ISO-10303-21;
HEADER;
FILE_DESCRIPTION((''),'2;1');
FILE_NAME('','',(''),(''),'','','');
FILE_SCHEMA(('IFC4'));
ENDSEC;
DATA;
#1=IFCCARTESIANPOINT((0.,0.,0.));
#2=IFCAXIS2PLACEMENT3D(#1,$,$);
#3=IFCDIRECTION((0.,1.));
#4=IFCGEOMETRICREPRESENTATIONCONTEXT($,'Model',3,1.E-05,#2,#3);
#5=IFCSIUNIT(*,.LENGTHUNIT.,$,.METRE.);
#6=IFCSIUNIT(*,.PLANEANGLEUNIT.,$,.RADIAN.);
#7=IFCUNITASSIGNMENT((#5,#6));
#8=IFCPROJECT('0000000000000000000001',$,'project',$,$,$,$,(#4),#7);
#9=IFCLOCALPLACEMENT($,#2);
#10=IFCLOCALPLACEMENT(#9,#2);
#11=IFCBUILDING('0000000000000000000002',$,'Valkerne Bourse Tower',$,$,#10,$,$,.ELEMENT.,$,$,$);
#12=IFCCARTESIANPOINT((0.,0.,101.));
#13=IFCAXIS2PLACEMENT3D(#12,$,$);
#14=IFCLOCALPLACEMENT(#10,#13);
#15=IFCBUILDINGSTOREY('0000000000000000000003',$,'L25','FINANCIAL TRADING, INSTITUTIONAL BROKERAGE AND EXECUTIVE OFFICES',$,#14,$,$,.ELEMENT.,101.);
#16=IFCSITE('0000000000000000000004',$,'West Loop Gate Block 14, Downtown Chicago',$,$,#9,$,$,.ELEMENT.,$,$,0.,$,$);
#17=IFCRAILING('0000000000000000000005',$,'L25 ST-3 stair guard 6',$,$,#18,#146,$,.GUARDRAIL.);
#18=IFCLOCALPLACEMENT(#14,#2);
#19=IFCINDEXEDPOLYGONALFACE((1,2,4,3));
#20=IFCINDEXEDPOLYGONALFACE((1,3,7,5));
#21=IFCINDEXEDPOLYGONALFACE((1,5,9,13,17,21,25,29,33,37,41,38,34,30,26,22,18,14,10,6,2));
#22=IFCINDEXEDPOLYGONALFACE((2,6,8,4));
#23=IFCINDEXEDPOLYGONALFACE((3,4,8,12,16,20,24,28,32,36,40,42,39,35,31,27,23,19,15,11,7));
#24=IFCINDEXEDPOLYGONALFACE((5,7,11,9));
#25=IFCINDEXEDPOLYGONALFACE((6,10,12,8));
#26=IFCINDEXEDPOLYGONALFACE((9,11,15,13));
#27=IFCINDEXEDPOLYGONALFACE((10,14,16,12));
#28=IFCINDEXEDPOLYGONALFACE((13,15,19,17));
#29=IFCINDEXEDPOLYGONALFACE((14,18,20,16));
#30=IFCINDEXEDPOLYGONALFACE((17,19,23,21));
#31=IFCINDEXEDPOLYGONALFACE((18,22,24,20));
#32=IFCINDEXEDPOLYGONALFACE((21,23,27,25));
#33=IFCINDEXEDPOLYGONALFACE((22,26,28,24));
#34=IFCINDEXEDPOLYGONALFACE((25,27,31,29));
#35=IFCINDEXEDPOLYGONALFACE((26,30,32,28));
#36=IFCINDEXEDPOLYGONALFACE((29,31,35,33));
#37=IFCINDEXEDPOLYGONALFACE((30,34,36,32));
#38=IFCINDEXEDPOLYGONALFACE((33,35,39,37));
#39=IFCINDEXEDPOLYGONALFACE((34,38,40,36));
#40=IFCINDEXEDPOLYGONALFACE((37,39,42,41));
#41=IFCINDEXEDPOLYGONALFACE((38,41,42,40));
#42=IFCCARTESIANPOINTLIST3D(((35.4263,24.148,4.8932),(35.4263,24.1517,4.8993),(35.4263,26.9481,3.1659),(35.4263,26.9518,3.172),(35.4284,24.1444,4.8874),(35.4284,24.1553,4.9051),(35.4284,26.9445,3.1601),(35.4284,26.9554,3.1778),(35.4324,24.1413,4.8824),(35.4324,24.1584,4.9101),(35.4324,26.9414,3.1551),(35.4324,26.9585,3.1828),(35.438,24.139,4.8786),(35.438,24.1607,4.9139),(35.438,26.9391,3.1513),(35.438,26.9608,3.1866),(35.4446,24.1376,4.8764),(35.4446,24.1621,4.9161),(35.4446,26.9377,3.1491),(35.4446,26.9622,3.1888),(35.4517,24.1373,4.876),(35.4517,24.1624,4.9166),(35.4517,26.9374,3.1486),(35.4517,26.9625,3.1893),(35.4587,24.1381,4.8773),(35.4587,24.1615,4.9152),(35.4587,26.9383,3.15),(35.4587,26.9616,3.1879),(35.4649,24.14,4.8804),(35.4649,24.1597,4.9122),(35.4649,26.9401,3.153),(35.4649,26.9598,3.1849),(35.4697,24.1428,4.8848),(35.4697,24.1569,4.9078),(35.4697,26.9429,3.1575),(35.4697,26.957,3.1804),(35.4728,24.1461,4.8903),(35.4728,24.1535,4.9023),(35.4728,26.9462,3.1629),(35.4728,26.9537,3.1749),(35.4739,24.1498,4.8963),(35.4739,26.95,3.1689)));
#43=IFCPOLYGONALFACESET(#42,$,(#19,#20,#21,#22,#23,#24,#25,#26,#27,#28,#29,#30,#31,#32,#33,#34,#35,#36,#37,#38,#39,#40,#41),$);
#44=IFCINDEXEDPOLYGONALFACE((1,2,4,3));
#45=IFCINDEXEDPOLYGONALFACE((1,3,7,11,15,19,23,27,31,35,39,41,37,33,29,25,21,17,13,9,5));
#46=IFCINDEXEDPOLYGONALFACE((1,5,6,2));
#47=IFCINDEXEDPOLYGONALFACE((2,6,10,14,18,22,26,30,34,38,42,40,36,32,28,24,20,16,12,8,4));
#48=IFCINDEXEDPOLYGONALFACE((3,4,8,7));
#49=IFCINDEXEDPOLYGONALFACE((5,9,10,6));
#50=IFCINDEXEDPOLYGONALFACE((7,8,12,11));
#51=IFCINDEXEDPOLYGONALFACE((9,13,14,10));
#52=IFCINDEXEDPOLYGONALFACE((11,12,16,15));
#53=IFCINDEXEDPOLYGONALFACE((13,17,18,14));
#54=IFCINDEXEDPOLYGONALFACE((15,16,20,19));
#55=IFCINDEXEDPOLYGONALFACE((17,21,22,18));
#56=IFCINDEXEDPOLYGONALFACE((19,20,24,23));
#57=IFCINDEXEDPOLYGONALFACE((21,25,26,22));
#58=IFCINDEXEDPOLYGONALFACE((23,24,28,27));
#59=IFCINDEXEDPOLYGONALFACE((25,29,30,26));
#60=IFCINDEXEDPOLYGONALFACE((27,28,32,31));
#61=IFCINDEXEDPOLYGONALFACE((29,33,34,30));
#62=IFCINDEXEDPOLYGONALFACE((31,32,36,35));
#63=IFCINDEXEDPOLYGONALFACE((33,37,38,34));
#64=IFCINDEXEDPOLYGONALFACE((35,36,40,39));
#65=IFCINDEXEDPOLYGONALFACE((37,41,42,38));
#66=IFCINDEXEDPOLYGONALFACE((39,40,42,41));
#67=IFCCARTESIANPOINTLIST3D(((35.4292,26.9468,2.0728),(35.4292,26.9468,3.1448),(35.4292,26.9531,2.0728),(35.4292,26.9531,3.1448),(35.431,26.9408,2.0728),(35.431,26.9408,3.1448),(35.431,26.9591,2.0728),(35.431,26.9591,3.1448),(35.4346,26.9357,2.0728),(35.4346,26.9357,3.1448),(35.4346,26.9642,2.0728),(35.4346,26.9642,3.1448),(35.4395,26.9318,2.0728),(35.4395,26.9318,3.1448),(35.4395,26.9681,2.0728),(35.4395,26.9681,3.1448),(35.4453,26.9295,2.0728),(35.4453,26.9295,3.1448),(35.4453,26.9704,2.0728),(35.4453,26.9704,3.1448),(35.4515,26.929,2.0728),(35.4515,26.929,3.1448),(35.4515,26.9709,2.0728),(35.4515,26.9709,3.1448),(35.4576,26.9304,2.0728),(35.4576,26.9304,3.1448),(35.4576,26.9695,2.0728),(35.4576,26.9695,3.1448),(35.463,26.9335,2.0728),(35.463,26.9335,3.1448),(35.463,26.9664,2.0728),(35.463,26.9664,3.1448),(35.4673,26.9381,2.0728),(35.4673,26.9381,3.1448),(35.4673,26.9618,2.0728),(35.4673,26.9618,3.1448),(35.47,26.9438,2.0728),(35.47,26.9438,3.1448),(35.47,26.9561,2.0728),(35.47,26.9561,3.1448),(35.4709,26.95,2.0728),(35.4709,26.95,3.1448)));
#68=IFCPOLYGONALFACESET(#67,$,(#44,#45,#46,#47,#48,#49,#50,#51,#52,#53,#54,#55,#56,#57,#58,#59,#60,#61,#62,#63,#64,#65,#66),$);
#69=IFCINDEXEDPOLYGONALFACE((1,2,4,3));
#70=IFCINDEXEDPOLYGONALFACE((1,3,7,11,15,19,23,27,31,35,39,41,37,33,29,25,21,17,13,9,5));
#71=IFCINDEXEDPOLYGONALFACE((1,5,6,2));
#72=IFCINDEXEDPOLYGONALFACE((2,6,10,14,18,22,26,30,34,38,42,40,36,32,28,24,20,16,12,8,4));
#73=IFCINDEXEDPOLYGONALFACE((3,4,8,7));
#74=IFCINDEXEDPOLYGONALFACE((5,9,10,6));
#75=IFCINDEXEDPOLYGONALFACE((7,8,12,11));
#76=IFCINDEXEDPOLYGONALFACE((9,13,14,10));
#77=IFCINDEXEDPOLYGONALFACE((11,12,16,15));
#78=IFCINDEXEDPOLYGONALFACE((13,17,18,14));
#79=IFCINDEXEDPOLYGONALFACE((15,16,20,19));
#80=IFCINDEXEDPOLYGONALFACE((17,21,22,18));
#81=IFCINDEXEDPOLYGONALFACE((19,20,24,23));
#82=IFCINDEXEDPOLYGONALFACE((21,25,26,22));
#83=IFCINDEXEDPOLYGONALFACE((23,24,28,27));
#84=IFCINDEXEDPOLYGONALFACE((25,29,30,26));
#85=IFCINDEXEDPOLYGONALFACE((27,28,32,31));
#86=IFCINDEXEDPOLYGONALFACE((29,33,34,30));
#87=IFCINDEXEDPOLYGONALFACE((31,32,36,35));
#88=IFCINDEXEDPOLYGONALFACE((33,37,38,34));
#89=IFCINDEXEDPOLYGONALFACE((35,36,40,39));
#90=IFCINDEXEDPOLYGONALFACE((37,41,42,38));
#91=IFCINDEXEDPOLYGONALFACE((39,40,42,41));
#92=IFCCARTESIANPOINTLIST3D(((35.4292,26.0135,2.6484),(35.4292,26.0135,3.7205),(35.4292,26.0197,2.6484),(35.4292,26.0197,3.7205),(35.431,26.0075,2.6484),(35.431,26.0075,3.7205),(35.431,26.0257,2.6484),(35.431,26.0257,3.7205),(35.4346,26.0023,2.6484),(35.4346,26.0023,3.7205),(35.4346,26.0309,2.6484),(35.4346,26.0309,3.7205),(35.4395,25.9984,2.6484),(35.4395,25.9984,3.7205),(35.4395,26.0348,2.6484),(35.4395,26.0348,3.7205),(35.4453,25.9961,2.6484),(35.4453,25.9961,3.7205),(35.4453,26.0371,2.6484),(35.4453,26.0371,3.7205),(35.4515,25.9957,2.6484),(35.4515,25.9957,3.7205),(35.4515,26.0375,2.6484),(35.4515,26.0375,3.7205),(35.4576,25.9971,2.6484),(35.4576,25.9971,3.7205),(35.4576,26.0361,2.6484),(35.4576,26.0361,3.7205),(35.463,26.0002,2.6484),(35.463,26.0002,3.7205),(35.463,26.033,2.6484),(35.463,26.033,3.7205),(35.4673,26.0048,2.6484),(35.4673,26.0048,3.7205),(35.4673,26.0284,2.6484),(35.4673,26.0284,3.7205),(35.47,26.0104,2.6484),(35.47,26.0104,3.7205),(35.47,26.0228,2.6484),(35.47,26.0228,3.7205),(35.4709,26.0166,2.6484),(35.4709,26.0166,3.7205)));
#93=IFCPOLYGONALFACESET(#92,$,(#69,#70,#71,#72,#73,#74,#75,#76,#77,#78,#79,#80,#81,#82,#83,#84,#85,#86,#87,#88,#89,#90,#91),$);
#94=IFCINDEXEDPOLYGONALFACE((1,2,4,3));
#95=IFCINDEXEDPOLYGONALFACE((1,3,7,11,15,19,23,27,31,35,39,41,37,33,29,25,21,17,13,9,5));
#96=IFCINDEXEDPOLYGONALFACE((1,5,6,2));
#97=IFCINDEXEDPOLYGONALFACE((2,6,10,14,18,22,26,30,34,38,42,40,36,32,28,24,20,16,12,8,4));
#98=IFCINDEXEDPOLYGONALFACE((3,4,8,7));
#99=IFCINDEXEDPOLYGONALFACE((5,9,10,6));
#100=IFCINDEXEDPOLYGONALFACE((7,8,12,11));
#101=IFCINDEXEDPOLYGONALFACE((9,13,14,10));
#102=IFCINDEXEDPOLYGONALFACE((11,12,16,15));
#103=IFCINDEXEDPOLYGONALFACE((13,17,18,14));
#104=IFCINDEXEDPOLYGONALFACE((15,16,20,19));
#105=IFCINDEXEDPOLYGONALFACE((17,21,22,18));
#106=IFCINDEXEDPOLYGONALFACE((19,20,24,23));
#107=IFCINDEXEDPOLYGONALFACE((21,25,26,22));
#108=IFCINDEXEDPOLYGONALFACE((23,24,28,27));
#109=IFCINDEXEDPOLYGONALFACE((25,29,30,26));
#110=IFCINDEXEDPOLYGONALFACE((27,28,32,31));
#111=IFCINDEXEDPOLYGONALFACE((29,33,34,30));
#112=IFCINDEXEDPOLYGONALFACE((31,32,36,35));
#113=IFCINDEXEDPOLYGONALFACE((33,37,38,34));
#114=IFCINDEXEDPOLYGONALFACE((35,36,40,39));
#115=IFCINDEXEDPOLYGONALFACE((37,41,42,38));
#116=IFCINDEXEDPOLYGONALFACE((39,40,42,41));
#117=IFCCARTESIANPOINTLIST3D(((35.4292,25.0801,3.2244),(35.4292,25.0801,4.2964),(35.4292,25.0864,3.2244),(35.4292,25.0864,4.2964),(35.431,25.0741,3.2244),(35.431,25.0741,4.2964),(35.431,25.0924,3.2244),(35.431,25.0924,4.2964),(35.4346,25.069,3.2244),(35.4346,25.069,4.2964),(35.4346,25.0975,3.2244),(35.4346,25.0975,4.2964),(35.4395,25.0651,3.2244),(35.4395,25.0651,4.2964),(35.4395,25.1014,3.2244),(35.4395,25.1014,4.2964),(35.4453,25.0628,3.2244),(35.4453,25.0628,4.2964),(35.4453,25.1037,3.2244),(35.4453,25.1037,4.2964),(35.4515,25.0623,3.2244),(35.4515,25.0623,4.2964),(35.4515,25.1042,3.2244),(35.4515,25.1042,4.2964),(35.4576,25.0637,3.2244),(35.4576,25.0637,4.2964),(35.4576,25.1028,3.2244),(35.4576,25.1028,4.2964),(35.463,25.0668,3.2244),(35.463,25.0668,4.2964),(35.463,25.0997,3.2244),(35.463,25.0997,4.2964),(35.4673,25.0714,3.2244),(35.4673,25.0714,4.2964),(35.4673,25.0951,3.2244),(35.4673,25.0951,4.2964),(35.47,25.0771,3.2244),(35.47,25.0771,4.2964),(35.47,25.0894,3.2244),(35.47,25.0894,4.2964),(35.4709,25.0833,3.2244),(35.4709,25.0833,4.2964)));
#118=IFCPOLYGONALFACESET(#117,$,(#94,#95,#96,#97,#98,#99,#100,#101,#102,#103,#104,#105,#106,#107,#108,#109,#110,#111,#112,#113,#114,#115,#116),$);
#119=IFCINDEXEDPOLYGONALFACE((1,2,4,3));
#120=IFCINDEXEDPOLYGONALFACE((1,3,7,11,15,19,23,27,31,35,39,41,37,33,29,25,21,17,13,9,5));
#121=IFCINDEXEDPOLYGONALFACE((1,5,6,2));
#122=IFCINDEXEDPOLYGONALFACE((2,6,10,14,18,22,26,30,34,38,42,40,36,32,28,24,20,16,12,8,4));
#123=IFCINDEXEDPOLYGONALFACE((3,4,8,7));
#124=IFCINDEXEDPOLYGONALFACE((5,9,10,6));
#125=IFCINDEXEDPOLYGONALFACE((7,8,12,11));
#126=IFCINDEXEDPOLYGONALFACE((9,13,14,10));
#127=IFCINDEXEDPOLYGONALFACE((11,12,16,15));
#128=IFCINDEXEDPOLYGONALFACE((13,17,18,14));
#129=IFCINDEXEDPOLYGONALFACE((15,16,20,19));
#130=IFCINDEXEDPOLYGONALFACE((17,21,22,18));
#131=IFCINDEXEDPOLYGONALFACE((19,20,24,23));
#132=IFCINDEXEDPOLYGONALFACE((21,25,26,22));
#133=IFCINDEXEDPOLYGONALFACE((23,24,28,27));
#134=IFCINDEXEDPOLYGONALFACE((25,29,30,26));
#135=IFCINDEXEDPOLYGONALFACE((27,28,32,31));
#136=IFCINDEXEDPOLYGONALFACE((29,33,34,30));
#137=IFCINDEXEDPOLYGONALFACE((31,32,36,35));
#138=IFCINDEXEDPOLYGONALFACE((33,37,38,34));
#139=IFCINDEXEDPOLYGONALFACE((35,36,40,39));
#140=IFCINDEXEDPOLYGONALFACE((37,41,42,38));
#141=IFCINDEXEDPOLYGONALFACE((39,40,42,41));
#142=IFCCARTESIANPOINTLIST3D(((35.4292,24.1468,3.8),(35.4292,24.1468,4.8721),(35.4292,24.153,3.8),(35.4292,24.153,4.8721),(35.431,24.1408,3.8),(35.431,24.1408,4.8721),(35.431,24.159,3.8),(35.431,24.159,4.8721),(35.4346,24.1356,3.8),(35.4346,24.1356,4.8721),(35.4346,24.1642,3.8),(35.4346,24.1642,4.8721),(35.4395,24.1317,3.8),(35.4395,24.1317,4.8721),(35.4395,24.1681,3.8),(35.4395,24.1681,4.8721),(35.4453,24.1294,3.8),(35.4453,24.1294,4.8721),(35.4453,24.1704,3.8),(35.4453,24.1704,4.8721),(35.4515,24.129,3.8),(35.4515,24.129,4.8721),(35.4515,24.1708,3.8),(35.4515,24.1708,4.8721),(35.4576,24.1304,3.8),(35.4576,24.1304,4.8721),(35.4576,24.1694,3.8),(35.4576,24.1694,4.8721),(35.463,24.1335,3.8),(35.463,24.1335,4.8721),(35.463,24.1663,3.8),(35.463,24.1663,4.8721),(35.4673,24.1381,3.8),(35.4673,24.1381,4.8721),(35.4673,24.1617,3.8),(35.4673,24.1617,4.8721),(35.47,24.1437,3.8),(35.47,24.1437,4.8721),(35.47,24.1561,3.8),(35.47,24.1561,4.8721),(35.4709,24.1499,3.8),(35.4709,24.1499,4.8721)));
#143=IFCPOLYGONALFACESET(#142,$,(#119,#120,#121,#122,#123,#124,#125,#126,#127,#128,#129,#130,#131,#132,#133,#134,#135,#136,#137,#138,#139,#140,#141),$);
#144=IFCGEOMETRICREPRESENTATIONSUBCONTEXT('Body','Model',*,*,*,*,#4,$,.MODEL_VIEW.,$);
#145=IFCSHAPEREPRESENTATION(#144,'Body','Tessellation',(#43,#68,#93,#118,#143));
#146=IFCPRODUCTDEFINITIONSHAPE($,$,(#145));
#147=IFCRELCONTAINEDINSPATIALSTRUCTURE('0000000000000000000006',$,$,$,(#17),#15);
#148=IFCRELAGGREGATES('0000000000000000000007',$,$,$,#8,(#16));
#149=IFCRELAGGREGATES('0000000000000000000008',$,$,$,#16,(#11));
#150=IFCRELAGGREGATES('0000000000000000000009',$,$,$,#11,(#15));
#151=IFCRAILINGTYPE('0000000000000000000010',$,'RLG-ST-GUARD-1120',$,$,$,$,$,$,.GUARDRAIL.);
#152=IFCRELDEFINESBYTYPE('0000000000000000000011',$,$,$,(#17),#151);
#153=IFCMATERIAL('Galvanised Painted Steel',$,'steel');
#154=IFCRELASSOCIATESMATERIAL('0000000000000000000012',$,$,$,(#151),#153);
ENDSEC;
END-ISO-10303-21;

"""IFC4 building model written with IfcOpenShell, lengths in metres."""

from ifc_helpers import new_model, si_unit, direction, frame, origin, origin_2d, place, context, subcontext, project, spatial, circle, extrude, material, type_object, element, save


model = new_model("IFC4")

# Units and contexts
model_context = context("Model", 3, precision=1e-05, world=origin(), true_north=direction((0.0, 1.0)))
body_context = subcontext(model_context, "Body", "Model", "MODEL_VIEW")
ifc_project = project(units=[si_unit("LENGTHUNIT", "METRE"), si_unit("PLANEANGLEUNIT", "RADIAN")], contexts=[model_context])

# Site, building, storey
site_placement = place(None, origin())
site = spatial("IfcSite", under=ifc_project, at=site_placement, Name="West Loop Gate Block 14, Downtown Chicago", CompositionType="ELEMENT", RefElevation=0.0)
building_placement = place(site_placement, origin())
building = spatial("IfcBuilding", under=site, at=building_placement, Name="Valkerne Bourse Tower", CompositionType="ELEMENT")
storey_placement = place(building_placement, frame((0.0, 0.0, 101.0)))
storey = spatial("IfcBuildingStorey", under=building, at=storey_placement, Name="L25", Description="FINANCIAL TRADING, INSTITUTIONAL BROKERAGE AND EXECUTIVE OFFICES", CompositionType="ELEMENT", Elevation=101.0)

# Shared definitions
ifc_material_1 = material(Name="Galvanised Painted Steel", Category="steel")

# Railing
railing_type_1 = type_object("IfcRailingType", Name="RLG-ST-GUARD-1120", PredefinedType="GUARDRAIL", material=ifc_material_1)
railing_1_placement = place(storey_placement, frame((35.45, 26.95, 2.0728)))
element("IfcRailing", 1, at=railing_1_placement, inside=storey, type_object=railing_type_1, Name="L25 ST-3 stair guard 6", PredefinedType="GUARDRAIL", context=body_context, shape_type="SweptSolid", body=[
    extrude(circle(Radius=0.0239, at=origin_2d()), frame((0.0, 0.0, 1.0962), z_axis=(0.0, -0.85109, 0.52502), x_axis=(1.0, 0.0, 0.0)), (0.0, 0.0, 1.0), 3.29),
    extrude(circle(Radius=0.021, at=origin_2d()), origin(), (0.0, 0.0, 1.0), 1.072),
    extrude(circle(Radius=0.021, at=origin_2d()), frame((0.0, -0.9333, 0.5757)), (0.0, 0.0, 1.0), 1.072),
    extrude(circle(Radius=0.021, at=origin_2d()), frame((0.0, -1.8667, 1.1516)), (0.0, 0.0, 1.0), 1.072),
    extrude(circle(Radius=0.021, at=origin_2d()), frame((0.0, -2.8, 1.7273)), (0.0, 0.0, 1.0), 1.072),
])

save(model, "model.ifc")
